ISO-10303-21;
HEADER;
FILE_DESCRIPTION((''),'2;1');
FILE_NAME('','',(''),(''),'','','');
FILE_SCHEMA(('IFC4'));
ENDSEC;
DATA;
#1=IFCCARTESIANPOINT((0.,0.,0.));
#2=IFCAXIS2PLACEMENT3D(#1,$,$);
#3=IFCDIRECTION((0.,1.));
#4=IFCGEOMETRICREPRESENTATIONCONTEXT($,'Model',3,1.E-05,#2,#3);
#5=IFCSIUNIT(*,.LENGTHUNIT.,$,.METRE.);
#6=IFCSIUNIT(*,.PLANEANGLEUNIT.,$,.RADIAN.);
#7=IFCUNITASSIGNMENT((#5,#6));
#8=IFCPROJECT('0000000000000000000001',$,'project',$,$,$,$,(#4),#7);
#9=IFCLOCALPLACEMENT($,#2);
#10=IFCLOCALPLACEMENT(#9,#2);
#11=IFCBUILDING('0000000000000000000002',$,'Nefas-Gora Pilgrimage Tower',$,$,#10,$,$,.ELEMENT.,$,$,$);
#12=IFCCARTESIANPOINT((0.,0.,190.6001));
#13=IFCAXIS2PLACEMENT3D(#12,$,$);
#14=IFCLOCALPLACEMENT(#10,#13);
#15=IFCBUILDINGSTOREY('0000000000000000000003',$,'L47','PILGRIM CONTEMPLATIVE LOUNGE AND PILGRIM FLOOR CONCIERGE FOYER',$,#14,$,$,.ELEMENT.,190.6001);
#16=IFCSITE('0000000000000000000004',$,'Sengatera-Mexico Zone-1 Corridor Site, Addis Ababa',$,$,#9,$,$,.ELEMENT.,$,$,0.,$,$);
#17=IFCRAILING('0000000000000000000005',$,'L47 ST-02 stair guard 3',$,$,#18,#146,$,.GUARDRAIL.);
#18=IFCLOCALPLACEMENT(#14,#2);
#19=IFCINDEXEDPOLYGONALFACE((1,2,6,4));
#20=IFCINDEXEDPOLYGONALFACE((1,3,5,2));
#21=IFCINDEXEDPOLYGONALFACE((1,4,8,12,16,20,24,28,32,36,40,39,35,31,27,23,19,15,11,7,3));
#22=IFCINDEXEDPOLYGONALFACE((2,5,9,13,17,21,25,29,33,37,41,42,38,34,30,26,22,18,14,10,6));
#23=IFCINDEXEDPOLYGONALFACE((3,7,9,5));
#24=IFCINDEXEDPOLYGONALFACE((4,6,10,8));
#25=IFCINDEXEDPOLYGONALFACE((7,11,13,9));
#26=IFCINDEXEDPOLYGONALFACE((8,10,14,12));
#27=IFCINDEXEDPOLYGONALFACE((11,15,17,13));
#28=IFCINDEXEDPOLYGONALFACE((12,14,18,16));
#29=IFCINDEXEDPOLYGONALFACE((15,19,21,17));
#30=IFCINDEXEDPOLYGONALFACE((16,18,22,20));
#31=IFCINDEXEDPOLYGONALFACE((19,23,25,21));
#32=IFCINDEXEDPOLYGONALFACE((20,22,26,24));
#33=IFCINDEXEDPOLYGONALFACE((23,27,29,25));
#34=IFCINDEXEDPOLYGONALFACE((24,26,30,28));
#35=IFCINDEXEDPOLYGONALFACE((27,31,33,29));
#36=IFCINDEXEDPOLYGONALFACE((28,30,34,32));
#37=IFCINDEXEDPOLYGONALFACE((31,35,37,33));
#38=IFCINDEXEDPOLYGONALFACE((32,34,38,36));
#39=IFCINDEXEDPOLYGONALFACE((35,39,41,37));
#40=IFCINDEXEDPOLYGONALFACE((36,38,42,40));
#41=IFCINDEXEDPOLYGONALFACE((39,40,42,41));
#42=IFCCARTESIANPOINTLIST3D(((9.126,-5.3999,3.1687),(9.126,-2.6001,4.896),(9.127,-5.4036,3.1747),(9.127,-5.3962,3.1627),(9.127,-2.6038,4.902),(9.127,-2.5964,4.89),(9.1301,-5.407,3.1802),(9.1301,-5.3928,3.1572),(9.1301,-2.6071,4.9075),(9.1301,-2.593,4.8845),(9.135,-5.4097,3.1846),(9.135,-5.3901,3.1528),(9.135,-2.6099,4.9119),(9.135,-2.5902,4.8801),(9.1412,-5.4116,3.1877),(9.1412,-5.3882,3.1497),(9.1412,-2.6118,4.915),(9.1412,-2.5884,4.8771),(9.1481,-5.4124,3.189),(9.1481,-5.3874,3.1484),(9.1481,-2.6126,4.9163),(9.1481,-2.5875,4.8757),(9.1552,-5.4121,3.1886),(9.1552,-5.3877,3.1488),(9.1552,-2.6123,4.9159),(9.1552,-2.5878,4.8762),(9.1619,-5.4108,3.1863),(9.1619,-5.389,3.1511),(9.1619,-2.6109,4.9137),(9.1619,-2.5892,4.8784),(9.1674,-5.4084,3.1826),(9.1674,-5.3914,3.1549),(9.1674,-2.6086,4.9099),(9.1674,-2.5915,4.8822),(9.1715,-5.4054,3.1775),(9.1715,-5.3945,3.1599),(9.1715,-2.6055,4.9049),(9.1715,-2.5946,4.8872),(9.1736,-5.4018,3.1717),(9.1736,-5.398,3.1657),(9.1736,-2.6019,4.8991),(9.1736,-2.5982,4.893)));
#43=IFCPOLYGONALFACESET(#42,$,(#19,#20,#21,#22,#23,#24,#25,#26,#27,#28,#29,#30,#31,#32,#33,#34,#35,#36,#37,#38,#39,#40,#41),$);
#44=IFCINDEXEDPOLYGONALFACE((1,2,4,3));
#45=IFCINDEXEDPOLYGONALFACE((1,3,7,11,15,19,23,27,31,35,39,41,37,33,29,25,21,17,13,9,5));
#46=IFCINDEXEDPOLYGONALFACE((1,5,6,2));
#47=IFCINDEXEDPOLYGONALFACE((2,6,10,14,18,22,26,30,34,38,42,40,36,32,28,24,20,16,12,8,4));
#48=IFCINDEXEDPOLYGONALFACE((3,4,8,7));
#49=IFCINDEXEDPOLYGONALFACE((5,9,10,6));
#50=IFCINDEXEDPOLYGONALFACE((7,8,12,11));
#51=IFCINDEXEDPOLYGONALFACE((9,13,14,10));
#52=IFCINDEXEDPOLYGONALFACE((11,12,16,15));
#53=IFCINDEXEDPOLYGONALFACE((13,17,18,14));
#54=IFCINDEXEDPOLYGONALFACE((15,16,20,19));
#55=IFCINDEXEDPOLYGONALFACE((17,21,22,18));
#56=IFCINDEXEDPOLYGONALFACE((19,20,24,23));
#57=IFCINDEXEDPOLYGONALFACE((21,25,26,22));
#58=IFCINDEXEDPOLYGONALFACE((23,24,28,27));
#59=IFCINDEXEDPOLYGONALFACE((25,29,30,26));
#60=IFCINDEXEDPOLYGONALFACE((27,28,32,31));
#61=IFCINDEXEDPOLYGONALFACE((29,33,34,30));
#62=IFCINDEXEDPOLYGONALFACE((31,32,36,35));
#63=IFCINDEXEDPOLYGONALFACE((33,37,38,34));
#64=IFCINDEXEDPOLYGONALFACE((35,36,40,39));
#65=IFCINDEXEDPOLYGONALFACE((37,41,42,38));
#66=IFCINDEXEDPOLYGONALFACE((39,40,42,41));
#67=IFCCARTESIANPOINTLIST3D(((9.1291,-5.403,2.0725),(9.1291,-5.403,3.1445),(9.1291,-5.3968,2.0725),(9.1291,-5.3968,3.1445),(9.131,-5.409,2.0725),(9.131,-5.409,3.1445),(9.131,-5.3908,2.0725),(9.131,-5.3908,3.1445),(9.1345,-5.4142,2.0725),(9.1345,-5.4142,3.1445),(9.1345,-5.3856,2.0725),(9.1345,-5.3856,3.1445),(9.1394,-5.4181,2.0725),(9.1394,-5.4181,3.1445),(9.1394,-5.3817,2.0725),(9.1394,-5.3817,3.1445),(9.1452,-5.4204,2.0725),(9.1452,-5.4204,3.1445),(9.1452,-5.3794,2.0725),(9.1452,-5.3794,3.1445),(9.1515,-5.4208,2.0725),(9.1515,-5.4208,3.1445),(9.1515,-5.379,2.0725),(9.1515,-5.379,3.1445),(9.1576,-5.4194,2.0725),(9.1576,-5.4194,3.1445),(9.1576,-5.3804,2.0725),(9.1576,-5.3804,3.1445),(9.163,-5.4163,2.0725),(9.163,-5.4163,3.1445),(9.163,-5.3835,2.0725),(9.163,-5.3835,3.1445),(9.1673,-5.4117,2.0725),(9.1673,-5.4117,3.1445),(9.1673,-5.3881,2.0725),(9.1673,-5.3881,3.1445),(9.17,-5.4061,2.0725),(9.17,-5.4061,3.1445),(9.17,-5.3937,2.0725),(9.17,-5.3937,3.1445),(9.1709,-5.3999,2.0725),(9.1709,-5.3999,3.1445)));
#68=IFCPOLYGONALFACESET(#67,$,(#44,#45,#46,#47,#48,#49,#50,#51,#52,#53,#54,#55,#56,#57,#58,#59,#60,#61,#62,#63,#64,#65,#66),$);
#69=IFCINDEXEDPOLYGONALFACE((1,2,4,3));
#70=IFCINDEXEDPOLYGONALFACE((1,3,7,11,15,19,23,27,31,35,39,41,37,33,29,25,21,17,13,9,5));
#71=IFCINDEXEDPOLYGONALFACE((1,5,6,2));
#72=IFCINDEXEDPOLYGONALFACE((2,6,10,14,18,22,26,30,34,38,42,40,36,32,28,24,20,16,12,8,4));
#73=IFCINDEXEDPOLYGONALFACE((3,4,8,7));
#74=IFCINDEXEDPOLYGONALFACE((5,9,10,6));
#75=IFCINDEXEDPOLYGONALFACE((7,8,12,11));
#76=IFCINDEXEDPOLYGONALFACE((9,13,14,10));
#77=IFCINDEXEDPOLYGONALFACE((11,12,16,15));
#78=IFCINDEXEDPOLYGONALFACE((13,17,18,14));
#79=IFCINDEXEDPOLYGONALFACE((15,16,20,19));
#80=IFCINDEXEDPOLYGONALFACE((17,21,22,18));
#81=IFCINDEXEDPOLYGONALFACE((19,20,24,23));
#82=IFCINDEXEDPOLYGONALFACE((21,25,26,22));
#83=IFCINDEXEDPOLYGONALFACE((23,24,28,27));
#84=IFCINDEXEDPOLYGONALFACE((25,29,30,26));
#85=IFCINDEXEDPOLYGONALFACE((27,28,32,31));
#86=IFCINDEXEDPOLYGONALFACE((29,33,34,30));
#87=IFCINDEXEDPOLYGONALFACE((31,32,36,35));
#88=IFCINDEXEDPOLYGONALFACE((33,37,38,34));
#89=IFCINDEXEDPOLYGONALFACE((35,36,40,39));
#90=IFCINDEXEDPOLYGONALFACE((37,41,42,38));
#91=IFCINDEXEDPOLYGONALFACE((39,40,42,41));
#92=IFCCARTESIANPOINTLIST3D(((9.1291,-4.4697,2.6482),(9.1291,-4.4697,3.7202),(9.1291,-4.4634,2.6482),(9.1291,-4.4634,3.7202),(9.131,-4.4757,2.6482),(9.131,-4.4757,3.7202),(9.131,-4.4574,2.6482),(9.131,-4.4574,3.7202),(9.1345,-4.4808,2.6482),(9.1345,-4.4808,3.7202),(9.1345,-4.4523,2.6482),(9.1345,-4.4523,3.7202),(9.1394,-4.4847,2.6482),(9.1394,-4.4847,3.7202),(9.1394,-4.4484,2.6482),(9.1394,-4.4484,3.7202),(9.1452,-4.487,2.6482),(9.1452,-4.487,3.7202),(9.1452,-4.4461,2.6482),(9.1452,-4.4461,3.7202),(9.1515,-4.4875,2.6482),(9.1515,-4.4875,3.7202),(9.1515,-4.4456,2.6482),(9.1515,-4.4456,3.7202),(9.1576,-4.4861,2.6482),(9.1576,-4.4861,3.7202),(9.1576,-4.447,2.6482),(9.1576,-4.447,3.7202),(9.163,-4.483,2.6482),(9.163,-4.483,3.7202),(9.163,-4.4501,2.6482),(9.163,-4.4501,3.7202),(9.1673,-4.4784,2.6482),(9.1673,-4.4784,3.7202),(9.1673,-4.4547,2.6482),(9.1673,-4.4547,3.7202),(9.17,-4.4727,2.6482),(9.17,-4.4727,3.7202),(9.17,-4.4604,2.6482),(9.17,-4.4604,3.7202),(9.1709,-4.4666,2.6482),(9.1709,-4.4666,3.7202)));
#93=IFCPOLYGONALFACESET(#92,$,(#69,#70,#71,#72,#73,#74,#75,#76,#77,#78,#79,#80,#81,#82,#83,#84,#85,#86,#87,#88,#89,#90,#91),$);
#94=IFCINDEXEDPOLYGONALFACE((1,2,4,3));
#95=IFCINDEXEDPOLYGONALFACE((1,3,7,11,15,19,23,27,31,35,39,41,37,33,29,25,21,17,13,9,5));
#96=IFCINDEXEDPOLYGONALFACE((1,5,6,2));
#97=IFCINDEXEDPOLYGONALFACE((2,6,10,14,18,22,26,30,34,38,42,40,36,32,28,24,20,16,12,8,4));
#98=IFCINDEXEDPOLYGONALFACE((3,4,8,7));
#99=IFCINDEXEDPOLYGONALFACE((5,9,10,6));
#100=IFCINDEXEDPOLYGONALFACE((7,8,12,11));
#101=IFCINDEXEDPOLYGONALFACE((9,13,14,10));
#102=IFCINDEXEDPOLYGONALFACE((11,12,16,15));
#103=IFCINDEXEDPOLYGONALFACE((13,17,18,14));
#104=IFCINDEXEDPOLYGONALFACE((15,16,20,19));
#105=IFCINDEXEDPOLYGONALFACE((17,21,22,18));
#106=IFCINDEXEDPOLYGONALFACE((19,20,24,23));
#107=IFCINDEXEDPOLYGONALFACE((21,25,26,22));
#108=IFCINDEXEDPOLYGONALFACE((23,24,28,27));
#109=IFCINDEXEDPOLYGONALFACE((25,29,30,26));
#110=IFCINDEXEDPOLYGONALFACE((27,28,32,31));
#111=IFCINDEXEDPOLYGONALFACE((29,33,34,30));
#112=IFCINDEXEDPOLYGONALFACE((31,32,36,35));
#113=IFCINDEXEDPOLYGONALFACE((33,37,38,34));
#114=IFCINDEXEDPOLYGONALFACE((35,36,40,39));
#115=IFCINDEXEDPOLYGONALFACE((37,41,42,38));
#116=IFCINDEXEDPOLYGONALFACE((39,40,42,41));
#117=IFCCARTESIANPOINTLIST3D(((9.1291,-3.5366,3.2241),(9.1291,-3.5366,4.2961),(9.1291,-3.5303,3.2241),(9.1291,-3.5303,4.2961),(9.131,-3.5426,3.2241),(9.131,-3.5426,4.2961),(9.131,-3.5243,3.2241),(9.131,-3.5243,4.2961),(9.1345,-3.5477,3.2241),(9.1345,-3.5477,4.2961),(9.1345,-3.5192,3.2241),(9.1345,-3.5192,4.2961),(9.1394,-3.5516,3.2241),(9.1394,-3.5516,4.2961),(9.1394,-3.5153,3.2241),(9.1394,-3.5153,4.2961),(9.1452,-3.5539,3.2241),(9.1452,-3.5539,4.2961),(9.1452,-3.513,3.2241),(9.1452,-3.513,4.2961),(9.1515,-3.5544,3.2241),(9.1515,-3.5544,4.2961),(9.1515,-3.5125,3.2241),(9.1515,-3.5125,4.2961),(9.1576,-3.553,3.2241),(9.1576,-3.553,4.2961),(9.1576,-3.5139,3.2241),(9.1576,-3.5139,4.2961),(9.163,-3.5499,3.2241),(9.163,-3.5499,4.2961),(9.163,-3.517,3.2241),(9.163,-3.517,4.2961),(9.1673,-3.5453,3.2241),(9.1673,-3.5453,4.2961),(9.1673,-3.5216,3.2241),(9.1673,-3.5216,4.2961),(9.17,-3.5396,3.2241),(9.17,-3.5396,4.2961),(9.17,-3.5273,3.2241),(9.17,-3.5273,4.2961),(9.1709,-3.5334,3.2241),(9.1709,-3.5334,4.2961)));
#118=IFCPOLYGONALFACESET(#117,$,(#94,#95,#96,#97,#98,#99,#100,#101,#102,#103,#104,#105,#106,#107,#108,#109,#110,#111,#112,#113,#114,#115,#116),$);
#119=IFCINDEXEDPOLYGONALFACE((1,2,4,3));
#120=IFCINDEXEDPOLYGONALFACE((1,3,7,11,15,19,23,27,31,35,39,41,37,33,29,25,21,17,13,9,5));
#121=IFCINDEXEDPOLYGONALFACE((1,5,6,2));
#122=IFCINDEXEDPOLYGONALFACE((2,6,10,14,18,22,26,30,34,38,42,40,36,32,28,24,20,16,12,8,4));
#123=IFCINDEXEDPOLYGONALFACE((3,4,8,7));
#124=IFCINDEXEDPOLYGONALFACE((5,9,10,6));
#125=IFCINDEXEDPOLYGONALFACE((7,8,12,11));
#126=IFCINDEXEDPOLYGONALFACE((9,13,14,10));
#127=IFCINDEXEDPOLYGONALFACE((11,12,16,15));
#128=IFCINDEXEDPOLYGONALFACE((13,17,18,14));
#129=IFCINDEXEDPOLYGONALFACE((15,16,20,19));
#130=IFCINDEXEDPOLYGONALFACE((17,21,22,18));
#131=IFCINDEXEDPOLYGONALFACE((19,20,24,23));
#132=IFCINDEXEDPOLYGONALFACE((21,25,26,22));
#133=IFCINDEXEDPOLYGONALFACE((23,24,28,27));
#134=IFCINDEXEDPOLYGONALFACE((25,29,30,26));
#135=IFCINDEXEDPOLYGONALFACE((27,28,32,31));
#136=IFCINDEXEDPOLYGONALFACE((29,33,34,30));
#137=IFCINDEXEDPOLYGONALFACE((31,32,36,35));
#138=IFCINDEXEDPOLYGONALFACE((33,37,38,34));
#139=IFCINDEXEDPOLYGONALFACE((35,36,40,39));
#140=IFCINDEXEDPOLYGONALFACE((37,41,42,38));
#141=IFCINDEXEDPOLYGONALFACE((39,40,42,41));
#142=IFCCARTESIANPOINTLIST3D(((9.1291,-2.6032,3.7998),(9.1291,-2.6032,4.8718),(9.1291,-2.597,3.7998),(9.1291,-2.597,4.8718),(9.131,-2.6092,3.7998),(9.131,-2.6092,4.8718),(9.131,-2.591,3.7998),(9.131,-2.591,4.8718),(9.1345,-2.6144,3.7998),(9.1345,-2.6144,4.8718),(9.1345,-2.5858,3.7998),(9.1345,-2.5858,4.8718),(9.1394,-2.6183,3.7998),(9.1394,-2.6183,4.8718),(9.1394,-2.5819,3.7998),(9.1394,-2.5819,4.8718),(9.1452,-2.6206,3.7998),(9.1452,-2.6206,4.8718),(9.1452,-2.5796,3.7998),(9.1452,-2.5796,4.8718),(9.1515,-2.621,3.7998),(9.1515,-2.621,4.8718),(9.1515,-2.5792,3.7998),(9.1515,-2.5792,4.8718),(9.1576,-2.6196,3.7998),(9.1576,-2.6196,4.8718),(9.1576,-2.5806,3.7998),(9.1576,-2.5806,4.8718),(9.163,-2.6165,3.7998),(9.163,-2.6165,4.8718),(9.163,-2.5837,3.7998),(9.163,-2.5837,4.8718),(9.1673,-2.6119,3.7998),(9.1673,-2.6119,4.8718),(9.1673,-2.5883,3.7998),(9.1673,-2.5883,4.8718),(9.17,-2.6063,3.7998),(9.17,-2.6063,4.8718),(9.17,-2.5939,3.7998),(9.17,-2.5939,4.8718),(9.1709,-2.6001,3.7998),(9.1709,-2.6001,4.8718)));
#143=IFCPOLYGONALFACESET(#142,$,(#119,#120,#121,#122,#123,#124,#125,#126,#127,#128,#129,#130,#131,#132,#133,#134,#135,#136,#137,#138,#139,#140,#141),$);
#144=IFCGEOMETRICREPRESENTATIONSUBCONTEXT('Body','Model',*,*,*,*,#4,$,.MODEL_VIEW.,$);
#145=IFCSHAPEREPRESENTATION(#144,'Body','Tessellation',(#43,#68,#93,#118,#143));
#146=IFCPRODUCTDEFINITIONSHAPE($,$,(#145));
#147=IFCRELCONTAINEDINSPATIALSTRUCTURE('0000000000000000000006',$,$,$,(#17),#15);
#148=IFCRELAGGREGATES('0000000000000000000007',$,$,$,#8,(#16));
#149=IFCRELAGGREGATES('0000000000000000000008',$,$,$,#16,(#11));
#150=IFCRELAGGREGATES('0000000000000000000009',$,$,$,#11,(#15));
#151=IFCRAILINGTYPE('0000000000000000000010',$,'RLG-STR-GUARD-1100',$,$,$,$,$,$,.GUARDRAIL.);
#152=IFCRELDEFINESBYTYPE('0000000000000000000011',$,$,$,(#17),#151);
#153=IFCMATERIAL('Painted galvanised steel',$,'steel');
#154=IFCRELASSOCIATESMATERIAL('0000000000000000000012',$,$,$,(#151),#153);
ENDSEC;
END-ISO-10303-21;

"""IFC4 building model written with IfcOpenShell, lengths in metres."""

from ifc_helpers import new_model, si_unit, direction, frame, origin, origin_2d, place, context, subcontext, project, spatial, circle, extrude, material, type_object, element, save


model = new_model("IFC4")

# Units and contexts
model_context = context("Model", 3, precision=1e-05, world=origin(), true_north=direction((0.0, 1.0)))
body_context = subcontext(model_context, "Body", "Model", "MODEL_VIEW")
ifc_project = project(units=[si_unit("LENGTHUNIT", "METRE"), si_unit("PLANEANGLEUNIT", "RADIAN")], contexts=[model_context])

# Site, building, storey
site_placement = place(None, origin())
site = spatial("IfcSite", under=ifc_project, at=site_placement, Name="Sengatera-Mexico Zone-1 Corridor Site, Addis Ababa", CompositionType="ELEMENT", RefElevation=0.0)
building_placement = place(site_placement, origin())
building = spatial("IfcBuilding", under=site, at=building_placement, Name="Nefas-Gora Pilgrimage Tower", CompositionType="ELEMENT")
storey_placement = place(building_placement, frame((0.0, 0.0, 190.6001)))
storey = spatial("IfcBuildingStorey", under=building, at=storey_placement, Name="L47", Description="PILGRIM CONTEMPLATIVE LOUNGE AND PILGRIM FLOOR CONCIERGE FOYER", CompositionType="ELEMENT", Elevation=190.6001)

# Railing
ifc_material_1 = material(Name="Painted galvanised steel", Category="steel")
railing_type_1 = type_object("IfcRailingType", Name="RLG-STR-GUARD-1100", PredefinedType="GUARDRAIL", material=ifc_material_1)
railing_1_placement = place(storey_placement, frame((9.1499, -5.3999, 2.0725)))
element("IfcRailing", 1, at=railing_1_placement, inside=storey, type_object=railing_type_1, Name="L47 ST-02 stair guard 3", PredefinedType="GUARDRAIL", context=body_context, shape_type="SweptSolid", body=[
    extrude(circle(Radius=0.0239, at=origin_2d()), frame((0.0, 0.0, 1.0962), z_axis=(0.0, 0.851069, 0.525054), x_axis=(-1.0, 0.0, 0.0)), (0.0, 0.0, 1.0), 3.2898),
    extrude(circle(Radius=0.021, at=origin_2d()), origin(), (0.0, 0.0, 1.0), 1.072),
    extrude(circle(Radius=0.021, at=origin_2d()), frame((0.0, 0.9333, 0.5757)), (0.0, 0.0, 1.0), 1.072),
    extrude(circle(Radius=0.021, at=origin_2d()), frame((0.0, 1.8665, 1.1516)), (0.0, 0.0, 1.0), 1.072),
    extrude(circle(Radius=0.021, at=origin_2d()), frame((0.0, 2.7998, 1.7273)), (0.0, 0.0, 1.0), 1.072),
])

save(model, "model.ifc")
